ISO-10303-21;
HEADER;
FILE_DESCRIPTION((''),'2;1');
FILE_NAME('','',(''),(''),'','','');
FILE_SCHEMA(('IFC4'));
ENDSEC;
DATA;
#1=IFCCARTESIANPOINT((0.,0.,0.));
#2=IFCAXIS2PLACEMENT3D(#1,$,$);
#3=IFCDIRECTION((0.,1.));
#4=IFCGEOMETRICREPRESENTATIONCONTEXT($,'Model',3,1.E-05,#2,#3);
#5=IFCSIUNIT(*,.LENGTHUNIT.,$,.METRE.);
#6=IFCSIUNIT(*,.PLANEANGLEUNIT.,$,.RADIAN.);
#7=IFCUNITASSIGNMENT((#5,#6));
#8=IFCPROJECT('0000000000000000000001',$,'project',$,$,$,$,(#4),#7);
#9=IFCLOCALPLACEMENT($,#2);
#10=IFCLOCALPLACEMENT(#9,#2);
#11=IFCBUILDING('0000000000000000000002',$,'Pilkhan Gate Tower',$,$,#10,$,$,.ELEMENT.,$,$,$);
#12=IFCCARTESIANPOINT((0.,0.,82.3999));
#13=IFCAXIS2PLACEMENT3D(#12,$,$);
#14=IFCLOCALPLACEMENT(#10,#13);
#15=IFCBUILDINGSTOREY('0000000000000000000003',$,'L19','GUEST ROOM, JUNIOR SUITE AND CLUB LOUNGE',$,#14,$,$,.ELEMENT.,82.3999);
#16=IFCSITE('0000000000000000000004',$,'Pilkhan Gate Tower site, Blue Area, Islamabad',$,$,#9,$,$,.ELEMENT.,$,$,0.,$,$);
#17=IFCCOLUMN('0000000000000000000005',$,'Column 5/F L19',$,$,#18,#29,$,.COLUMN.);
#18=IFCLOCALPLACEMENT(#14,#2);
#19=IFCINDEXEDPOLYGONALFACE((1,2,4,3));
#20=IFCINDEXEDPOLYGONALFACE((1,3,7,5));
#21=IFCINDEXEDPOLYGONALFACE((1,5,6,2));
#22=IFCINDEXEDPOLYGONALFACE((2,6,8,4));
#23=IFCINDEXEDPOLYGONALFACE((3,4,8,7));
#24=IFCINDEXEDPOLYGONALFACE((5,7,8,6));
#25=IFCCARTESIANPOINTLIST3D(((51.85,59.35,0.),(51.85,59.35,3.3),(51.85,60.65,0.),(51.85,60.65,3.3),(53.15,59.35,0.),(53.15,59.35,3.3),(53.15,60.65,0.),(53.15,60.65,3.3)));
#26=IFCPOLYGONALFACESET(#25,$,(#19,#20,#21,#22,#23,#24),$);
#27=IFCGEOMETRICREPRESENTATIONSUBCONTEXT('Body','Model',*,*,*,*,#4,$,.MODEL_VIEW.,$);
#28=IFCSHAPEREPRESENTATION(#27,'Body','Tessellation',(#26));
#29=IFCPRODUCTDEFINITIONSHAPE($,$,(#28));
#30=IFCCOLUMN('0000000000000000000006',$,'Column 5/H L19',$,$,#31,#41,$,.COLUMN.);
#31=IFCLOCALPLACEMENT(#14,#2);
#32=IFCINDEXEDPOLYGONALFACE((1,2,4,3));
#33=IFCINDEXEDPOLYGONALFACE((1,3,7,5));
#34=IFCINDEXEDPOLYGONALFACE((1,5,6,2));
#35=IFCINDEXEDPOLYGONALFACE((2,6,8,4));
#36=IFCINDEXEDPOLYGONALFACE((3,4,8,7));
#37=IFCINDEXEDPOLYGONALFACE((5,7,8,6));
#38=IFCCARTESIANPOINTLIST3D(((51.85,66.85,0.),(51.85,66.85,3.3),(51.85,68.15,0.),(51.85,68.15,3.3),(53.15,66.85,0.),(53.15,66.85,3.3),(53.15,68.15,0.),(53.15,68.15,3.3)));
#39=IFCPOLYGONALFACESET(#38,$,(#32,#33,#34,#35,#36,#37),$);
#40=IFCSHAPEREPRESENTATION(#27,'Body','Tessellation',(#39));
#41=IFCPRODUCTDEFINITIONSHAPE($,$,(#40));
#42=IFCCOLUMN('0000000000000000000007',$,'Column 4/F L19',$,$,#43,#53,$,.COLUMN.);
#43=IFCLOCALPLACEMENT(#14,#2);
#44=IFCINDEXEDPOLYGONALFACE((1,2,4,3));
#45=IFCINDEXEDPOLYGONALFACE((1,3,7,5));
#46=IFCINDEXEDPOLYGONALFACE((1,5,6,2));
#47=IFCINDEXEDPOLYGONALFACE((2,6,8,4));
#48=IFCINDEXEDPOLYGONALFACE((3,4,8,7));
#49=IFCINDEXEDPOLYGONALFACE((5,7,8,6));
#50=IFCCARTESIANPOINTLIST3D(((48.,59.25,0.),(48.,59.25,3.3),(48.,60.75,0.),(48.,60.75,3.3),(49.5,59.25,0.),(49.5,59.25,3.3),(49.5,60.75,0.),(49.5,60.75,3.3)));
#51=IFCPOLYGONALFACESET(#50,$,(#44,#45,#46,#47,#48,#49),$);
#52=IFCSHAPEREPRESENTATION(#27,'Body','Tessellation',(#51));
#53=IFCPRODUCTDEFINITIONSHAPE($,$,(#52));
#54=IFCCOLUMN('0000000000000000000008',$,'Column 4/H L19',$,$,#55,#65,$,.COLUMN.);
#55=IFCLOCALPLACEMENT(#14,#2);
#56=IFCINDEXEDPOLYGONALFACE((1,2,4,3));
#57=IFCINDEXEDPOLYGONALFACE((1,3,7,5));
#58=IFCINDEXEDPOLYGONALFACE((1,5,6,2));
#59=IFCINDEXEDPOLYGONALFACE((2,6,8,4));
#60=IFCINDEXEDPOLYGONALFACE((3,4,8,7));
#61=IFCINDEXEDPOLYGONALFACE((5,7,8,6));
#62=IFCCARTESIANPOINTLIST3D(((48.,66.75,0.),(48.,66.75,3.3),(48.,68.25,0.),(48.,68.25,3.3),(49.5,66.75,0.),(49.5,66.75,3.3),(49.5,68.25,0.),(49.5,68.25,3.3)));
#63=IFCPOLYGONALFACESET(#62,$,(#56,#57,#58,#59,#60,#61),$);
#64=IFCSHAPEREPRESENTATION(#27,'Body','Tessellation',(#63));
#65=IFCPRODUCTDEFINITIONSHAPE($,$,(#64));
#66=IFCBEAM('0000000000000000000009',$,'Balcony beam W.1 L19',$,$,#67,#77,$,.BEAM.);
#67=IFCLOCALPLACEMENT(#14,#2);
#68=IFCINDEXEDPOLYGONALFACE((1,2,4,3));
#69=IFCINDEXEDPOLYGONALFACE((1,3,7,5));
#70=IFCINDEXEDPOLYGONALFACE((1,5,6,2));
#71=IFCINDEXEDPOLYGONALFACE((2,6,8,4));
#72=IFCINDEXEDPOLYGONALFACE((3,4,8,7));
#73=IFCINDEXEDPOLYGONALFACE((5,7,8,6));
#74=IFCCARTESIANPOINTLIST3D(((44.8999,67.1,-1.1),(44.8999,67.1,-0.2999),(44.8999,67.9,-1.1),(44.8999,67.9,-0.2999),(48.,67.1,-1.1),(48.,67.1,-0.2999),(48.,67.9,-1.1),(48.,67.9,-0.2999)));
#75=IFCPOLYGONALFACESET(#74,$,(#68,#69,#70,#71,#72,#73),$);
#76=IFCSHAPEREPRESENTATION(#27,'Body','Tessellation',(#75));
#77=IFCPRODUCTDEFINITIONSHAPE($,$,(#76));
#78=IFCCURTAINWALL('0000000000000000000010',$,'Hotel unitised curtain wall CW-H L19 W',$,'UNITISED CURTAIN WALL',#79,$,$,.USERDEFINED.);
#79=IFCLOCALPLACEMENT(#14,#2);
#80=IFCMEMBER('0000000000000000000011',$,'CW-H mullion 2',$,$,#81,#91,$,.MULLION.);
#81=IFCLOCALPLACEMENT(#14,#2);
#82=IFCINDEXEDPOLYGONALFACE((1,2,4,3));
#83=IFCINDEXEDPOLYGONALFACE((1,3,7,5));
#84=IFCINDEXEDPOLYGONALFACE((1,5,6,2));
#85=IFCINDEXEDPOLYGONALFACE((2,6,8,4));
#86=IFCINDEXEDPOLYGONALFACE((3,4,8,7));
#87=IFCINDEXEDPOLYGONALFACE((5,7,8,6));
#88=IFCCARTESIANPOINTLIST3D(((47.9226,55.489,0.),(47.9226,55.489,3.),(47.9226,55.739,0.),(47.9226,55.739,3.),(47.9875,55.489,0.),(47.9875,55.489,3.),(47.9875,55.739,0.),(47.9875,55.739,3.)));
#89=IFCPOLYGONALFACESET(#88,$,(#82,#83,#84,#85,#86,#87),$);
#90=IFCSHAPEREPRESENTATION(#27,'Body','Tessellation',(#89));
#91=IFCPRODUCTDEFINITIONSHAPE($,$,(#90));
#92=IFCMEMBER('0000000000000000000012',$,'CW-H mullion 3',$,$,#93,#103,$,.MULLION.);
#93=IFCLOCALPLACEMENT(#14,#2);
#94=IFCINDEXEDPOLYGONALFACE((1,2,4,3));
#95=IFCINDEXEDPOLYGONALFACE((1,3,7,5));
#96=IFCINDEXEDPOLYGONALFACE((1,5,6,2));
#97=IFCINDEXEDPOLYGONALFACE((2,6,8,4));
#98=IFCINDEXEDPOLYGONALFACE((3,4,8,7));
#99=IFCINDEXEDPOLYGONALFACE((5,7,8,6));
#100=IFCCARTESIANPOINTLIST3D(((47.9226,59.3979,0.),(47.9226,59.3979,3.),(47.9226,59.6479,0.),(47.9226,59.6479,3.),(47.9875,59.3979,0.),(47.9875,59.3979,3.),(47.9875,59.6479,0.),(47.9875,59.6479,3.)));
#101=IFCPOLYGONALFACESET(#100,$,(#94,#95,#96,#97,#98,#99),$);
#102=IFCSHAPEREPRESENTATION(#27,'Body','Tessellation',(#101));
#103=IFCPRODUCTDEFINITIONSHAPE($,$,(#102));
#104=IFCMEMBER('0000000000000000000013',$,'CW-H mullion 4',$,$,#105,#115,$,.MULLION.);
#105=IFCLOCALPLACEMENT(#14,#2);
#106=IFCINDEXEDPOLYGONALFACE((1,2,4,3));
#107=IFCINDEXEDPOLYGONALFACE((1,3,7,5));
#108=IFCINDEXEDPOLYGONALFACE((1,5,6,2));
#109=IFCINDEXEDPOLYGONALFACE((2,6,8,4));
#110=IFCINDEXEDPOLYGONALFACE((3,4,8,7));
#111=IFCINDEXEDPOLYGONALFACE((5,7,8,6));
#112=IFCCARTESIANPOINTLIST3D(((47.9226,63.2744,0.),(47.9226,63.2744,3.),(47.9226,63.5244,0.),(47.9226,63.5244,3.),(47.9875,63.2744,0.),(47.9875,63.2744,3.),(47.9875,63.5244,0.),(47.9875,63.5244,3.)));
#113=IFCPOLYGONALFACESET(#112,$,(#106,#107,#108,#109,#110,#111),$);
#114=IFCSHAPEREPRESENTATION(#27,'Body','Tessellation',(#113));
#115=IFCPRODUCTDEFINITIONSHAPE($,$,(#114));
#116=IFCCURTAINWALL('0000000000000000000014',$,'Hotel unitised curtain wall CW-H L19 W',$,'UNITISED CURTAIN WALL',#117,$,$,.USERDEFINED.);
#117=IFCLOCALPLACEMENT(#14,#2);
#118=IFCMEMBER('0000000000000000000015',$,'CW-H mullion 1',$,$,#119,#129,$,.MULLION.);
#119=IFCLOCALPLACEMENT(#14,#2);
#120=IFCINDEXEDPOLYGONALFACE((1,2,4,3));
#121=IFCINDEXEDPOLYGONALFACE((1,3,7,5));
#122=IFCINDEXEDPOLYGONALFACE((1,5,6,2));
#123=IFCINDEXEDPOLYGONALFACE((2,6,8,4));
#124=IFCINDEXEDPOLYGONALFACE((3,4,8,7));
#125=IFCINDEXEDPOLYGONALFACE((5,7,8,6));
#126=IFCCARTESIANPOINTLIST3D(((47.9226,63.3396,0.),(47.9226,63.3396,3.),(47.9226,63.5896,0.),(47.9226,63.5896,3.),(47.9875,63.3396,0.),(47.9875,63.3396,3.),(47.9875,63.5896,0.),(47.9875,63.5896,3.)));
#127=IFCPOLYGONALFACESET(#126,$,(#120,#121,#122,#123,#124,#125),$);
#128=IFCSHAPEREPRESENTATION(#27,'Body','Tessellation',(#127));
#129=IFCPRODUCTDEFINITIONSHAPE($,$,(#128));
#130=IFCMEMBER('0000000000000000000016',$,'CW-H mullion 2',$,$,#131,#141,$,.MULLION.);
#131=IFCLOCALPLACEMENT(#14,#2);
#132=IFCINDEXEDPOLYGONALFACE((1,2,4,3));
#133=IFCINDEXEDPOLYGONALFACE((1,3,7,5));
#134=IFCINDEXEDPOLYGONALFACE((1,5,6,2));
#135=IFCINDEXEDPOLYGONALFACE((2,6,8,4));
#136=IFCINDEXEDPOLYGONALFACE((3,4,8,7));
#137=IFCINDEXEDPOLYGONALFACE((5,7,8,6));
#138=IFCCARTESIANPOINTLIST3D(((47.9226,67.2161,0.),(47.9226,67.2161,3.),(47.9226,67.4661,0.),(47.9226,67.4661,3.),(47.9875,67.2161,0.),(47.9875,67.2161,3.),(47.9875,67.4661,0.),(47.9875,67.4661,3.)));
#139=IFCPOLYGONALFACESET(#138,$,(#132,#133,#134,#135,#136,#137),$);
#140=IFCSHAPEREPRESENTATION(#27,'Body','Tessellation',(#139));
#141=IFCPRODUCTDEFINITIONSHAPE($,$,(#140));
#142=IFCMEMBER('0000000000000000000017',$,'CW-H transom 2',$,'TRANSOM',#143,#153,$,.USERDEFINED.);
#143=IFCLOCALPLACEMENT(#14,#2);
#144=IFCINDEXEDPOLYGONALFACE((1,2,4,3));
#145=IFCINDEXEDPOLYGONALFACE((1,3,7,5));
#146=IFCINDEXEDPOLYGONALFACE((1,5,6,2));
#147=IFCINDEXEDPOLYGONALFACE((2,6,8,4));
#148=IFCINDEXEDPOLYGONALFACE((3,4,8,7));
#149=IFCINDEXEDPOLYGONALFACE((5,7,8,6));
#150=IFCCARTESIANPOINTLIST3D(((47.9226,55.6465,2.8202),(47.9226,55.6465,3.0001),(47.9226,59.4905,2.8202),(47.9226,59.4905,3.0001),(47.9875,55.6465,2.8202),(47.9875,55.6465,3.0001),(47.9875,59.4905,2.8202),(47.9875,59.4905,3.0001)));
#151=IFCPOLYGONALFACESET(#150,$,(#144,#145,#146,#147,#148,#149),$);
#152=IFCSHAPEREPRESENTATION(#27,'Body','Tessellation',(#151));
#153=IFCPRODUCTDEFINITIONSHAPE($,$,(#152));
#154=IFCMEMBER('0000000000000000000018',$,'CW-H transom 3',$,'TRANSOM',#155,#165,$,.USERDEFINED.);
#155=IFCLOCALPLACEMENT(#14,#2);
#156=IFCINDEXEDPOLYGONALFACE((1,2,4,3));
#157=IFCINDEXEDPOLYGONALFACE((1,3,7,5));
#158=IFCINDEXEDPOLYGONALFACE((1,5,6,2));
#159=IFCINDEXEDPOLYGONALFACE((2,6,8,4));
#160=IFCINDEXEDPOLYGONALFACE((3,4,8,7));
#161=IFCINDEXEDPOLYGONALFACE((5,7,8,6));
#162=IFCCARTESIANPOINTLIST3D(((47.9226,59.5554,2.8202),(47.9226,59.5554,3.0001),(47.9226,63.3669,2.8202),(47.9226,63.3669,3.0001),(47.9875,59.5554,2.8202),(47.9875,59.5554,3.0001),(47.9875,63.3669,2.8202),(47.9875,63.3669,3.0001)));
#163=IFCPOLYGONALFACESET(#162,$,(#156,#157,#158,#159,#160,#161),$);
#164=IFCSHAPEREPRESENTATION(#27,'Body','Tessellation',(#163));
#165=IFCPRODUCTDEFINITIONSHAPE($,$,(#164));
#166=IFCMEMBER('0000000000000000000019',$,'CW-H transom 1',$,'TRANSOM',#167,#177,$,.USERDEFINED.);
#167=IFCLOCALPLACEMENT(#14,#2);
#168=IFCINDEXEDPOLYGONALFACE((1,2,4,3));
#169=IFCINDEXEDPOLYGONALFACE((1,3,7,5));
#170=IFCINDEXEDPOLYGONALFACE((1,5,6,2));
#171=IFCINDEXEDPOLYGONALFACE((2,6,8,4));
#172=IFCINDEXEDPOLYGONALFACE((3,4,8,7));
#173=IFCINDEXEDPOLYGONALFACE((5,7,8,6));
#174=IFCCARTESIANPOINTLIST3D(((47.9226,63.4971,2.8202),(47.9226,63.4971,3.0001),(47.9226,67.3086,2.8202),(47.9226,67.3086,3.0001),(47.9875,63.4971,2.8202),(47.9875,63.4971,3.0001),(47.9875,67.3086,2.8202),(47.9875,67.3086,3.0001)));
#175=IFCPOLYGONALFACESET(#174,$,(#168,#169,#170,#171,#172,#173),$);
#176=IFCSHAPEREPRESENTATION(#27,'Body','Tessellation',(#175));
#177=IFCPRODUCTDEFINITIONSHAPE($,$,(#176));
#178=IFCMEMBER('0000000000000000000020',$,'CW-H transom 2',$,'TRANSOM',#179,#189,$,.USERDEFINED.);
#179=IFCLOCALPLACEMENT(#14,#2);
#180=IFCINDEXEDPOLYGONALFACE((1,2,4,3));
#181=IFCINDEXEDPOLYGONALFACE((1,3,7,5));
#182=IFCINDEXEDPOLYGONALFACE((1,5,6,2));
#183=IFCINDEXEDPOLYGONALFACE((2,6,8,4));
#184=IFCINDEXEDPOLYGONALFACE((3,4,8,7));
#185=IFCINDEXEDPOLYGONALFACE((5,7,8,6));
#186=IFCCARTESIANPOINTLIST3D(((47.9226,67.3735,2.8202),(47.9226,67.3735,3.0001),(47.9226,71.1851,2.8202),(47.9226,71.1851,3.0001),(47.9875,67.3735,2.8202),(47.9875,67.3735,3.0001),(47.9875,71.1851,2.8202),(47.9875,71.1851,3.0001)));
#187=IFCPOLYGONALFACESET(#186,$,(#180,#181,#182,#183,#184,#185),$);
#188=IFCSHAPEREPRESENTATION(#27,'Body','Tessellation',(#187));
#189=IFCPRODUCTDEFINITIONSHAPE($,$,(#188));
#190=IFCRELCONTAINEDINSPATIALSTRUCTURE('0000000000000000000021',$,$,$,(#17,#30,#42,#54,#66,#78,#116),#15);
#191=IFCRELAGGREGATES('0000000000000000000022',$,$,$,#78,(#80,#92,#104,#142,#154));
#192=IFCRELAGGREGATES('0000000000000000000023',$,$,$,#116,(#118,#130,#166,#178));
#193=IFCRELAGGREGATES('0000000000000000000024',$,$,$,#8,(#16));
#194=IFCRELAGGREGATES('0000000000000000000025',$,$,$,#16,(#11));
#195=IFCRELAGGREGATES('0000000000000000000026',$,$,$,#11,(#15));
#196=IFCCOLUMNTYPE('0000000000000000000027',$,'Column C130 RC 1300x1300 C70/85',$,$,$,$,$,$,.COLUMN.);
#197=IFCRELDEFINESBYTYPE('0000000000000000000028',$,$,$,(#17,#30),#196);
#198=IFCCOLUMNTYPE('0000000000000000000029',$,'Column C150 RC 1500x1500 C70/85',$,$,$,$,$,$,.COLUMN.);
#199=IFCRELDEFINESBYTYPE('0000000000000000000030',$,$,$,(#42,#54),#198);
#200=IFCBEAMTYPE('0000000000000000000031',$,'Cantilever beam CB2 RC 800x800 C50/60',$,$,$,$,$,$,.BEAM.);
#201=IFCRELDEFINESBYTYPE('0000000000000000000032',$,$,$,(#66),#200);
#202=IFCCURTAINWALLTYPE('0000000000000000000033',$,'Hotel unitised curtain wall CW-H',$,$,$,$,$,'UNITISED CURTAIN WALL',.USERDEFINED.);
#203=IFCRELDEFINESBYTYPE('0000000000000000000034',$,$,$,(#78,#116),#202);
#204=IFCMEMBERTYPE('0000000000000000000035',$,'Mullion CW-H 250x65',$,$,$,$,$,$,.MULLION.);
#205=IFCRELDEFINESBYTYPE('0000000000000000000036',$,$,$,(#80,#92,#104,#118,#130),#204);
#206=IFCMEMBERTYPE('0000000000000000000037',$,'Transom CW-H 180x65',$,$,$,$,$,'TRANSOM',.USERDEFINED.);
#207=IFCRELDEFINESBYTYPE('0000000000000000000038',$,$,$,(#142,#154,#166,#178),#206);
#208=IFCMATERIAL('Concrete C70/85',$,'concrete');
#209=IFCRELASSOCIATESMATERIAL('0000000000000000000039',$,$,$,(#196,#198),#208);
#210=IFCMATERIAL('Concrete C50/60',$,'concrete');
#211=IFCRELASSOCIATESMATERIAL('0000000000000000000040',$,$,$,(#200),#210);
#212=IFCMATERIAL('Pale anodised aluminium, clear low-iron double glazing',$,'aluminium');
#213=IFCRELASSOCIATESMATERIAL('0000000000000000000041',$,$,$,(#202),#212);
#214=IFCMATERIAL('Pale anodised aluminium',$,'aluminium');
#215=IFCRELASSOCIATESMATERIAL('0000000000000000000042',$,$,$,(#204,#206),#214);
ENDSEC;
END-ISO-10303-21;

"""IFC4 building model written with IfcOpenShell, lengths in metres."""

from ifc_helpers import new_model, si_unit, direction, frame, origin, origin_2d, place, context, subcontext, project, spatial, rectangle, extrude, material, material_profile, profile_set, type_object, element, aggregate, save


model = new_model("IFC4")

# Units and contexts
model_context = context("Model", 3, precision=1e-05, world=origin(), true_north=direction((0.0, 1.0)))
body_context = subcontext(model_context, "Body", "Model", "MODEL_VIEW")
ifc_project = project(units=[si_unit("LENGTHUNIT", "METRE"), si_unit("PLANEANGLEUNIT", "RADIAN")], contexts=[model_context])

# Site, building, storey
site_placement = place(None, origin())
site = spatial("IfcSite", under=ifc_project, at=site_placement, Name="Pilkhan Gate Tower site, Blue Area, Islamabad", CompositionType="ELEMENT", RefElevation=0.0)
building_placement = place(site_placement, origin())
building = spatial("IfcBuilding", under=site, at=building_placement, Name="Pilkhan Gate Tower", CompositionType="ELEMENT")
storey_placement = place(building_placement, frame((0.0, 0.0, 82.3999)))
storey = spatial("IfcBuildingStorey", under=building, at=storey_placement, Name="L19", Description="GUEST ROOM, JUNIOR SUITE AND CLUB LOUNGE", CompositionType="ELEMENT", Elevation=82.3999)

# Columns
ifc_material_1 = material(Name="Concrete C70/85", Category="concrete")
ifc_material_profile_1 = material_profile(ifc_material_1, rectangle(XDim=1.3, YDim=1.3, at=origin_2d()), Name="RC 1300x1300")
ifc_profile_set_1 = profile_set([ifc_material_profile_1], Name="Concrete C70/85")
column_type_1 = type_object("IfcColumnType", Name="Column C130 RC 1300x1300 C70/85", PredefinedType="COLUMN", material=ifc_profile_set_1)
for number, where, z_axis, x_axis, name in (
    (1, (52.5, 60.0, 0.0), (0.0, 0.0, 1.0), (1.0, 0.0, 0.0), "Column 5/F L19"),
    (2, (52.5, 67.5, 0.0), (0.0, 0.0, 1.0), (1.0, 0.0, 0.0), "Column 5/H L19"),
):
    element("IfcColumn", number, at=place(storey_placement, frame(where, z_axis=z_axis, x_axis=x_axis)), inside=storey, type_object=column_type_1, Name=name, PredefinedType="COLUMN", context=body_context, shape_type="SweptSolid", body=[
        extrude(rectangle(XDim=1.3, YDim=1.3, at=origin_2d()), origin(), (0.0, 0.0, 1.0), 3.3),
    ])
ifc_material_profile_2 = material_profile(ifc_material_1, rectangle(XDim=1.5, YDim=1.5, at=origin_2d()), Name="RC 1500x1500")
ifc_profile_set_2 = profile_set([ifc_material_profile_2], Name="Concrete C70/85")
column_type_2 = type_object("IfcColumnType", Name="Column C150 RC 1500x1500 C70/85", PredefinedType="COLUMN", material=ifc_profile_set_2)
for number, where, z_axis, x_axis, name in (
    (3, (48.75, 60.0, 0.0), (0.0, 0.0, 1.0), (1.0, 0.0, 0.0), "Column 4/F L19"),
    (4, (48.75, 67.5, 0.0), (0.0, 0.0, 1.0), (1.0, 0.0, 0.0), "Column 4/H L19"),
):
    element("IfcColumn", number, at=place(storey_placement, frame(where, z_axis=z_axis, x_axis=x_axis)), inside=storey, type_object=column_type_2, Name=name, PredefinedType="COLUMN", context=body_context, shape_type="SweptSolid", body=[
        extrude(rectangle(XDim=1.5, YDim=1.5, at=origin_2d()), origin(), (0.0, 0.0, 1.0), 3.3),
    ])

# Beam
ifc_material_2 = material(Name="Concrete C50/60", Category="concrete")
ifc_material_profile_3 = material_profile(ifc_material_2, rectangle(XDim=0.8, YDim=0.8, at=origin_2d()), Name="RC 800x800")
ifc_profile_set_3 = profile_set([ifc_material_profile_3], Name="Concrete C50/60")
beam_type = type_object("IfcBeamType", Name="Cantilever beam CB2 RC 800x800 C50/60", PredefinedType="BEAM", material=ifc_profile_set_3)
beam_placement = place(storey_placement, frame((48.0, 67.5, -0.7), z_axis=(-1.0, 0.0, 0.0), x_axis=(0.0, -1.0, 0.0)))
element("IfcBeam", 5, at=beam_placement, inside=storey, type_object=beam_type, Name="Balcony beam W.1 L19", PredefinedType="BEAM", context=body_context, shape_type="SweptSolid", body=[
    extrude(rectangle(XDim=0.8, YDim=0.8, at=origin_2d()), origin(), (0.0, 0.0, 1.0), 3.1001),
])

# Curtain walls, members
ifc_material_3 = material(Name="Pale anodised aluminium, clear low-iron double glazing", Category="aluminium")
curtain_wall_type = type_object("IfcCurtainWallType", Name="Hotel unitised curtain wall CW-H", ElementType="UNITISED CURTAIN WALL", PredefinedType="USERDEFINED", material=ifc_material_3)
curtain_wall_1_placement = place(storey_placement, origin())
curtain_wall_1 = element("IfcCurtainWall", 6, at=curtain_wall_1_placement, inside=storey, type_object=curtain_wall_type, Name="Hotel unitised curtain wall CW-H L19 W", ObjectType="UNITISED CURTAIN WALL", PredefinedType="USERDEFINED")
ifc_material_4 = material(Name="Pale anodised aluminium", Category="aluminium")
ifc_material_profile_4 = material_profile(ifc_material_4, rectangle(XDim=0.0649, YDim=0.25, at=origin_2d()), Name="Mullion 250x65")
ifc_profile_set_4 = profile_set([ifc_material_profile_4], Name="Pale anodised aluminium")
member_type_1 = type_object("IfcMemberType", Name="Mullion CW-H 250x65", PredefinedType="MULLION", material=ifc_profile_set_4)
member_1_placement = place(storey_placement, frame((47.9551, 55.614, 0.0), z_axis=(0.0, 0.0, 1.0), x_axis=(-1.0, 0.0, 0.0)))
member_1 = element("IfcMember", 7, at=member_1_placement, type_object=member_type_1, Name="CW-H mullion 2", PredefinedType="MULLION", context=body_context, shape_type="SweptSolid", body=[
    extrude(rectangle(XDim=0.0649, YDim=0.25, at=origin_2d()), origin(), (0.0, 0.0, 1.0), 3.0),
])
member_2_placement = place(storey_placement, frame((47.9551, 59.5229, 0.0), z_axis=(0.0, 0.0, 1.0), x_axis=(-1.0, 0.0, 0.0)))
member_2 = element("IfcMember", 8, at=member_2_placement, type_object=member_type_1, Name="CW-H mullion 3", PredefinedType="MULLION", context=body_context, shape_type="SweptSolid", body=[
    extrude(rectangle(XDim=0.0649, YDim=0.25, at=origin_2d()), origin(), (0.0, 0.0, 1.0), 3.0),
])
member_3_placement = place(storey_placement, frame((47.9551, 63.3994, 0.0), z_axis=(0.0, 0.0, 1.0), x_axis=(-1.0, 0.0, 0.0)))
member_3 = element("IfcMember", 9, at=member_3_placement, type_object=member_type_1, Name="CW-H mullion 4", PredefinedType="MULLION", context=body_context, shape_type="SweptSolid", body=[
    extrude(rectangle(XDim=0.0649, YDim=0.25, at=origin_2d()), origin(), (0.0, 0.0, 1.0), 3.0),
])
curtain_wall_2_placement = place(storey_placement, origin())
curtain_wall_2 = element("IfcCurtainWall", 10, at=curtain_wall_2_placement, inside=storey, type_object=curtain_wall_type, Name="Hotel unitised curtain wall CW-H L19 W", ObjectType="UNITISED CURTAIN WALL", PredefinedType="USERDEFINED")
member_4_placement = place(storey_placement, frame((47.9551, 63.4646, 0.0), z_axis=(0.0, 0.0, 1.0), x_axis=(-1.0, 0.0, 0.0)))
member_4 = element("IfcMember", 11, at=member_4_placement, type_object=member_type_1, Name="CW-H mullion 1", PredefinedType="MULLION", context=body_context, shape_type="SweptSolid", body=[
    extrude(rectangle(XDim=0.0649, YDim=0.25, at=origin_2d()), origin(), (0.0, 0.0, 1.0), 3.0),
])
member_5_placement = place(storey_placement, frame((47.9551, 67.3411, 0.0), z_axis=(0.0, 0.0, 1.0), x_axis=(-1.0, 0.0, 0.0)))
member_5 = element("IfcMember", 12, at=member_5_placement, type_object=member_type_1, Name="CW-H mullion 2", PredefinedType="MULLION", context=body_context, shape_type="SweptSolid", body=[
    extrude(rectangle(XDim=0.0649, YDim=0.25, at=origin_2d()), origin(), (0.0, 0.0, 1.0), 3.0),
])

# Members
ifc_material_profile_5 = material_profile(ifc_material_4, rectangle(XDim=0.0649, YDim=0.1799, at=origin_2d()), Name="Transom 180x65")
ifc_profile_set_5 = profile_set([ifc_material_profile_5], Name="Pale anodised aluminium")
member_type_2 = type_object("IfcMemberType", Name="Transom CW-H 180x65", ElementType="TRANSOM", PredefinedType="USERDEFINED", material=ifc_profile_set_5)
member_6_placement = place(storey_placement, frame((47.9551, 55.6465, 2.9102), z_axis=(0.0, 1.0, 0.0), x_axis=(-1.0, 0.0, 0.0)))
member_6 = element("IfcMember", 13, at=member_6_placement, type_object=member_type_2, Name="CW-H transom 2", ObjectType="TRANSOM", PredefinedType="USERDEFINED", context=body_context, shape_type="SweptSolid", body=[
    extrude(rectangle(XDim=0.0649, YDim=0.1799, at=origin_2d()), origin(), (0.0, 0.0, 1.0), 3.844),
])
member_7_placement = place(storey_placement, frame((47.9551, 59.5554, 2.9102), z_axis=(0.0, 1.0, 0.0), x_axis=(-1.0, 0.0, 0.0)))
member_7 = element("IfcMember", 14, at=member_7_placement, type_object=member_type_2, Name="CW-H transom 3", ObjectType="TRANSOM", PredefinedType="USERDEFINED", context=body_context, shape_type="SweptSolid", body=[
    extrude(rectangle(XDim=0.0649, YDim=0.1799, at=origin_2d()), origin(), (0.0, 0.0, 1.0), 3.8115),
])
member_8_placement = place(storey_placement, frame((47.9551, 63.4971, 2.9102), z_axis=(0.0, 1.0, 0.0), x_axis=(-1.0, 0.0, 0.0)))
member_8 = element("IfcMember", 15, at=member_8_placement, type_object=member_type_2, Name="CW-H transom 1", ObjectType="TRANSOM", PredefinedType="USERDEFINED", context=body_context, shape_type="SweptSolid", body=[
    extrude(rectangle(XDim=0.0649, YDim=0.1799, at=origin_2d()), origin(), (0.0, 0.0, 1.0), 3.8115),
])
member_9_placement = place(storey_placement, frame((47.9551, 67.3735, 2.9102), z_axis=(0.0, 1.0, 0.0), x_axis=(-1.0, 0.0, 0.0)))
member_9 = element("IfcMember", 16, at=member_9_placement, type_object=member_type_2, Name="CW-H transom 2", ObjectType="TRANSOM", PredefinedType="USERDEFINED", context=body_context, shape_type="SweptSolid", body=[
    extrude(rectangle(XDim=0.0649, YDim=0.1799, at=origin_2d()), origin(), (0.0, 0.0, 1.0), 3.8115),
])

aggregate(curtain_wall_1, [member_1, member_2, member_3, member_6, member_7])
aggregate(curtain_wall_2, [member_4, member_5, member_8, member_9])

save(model, "model.ifc")
